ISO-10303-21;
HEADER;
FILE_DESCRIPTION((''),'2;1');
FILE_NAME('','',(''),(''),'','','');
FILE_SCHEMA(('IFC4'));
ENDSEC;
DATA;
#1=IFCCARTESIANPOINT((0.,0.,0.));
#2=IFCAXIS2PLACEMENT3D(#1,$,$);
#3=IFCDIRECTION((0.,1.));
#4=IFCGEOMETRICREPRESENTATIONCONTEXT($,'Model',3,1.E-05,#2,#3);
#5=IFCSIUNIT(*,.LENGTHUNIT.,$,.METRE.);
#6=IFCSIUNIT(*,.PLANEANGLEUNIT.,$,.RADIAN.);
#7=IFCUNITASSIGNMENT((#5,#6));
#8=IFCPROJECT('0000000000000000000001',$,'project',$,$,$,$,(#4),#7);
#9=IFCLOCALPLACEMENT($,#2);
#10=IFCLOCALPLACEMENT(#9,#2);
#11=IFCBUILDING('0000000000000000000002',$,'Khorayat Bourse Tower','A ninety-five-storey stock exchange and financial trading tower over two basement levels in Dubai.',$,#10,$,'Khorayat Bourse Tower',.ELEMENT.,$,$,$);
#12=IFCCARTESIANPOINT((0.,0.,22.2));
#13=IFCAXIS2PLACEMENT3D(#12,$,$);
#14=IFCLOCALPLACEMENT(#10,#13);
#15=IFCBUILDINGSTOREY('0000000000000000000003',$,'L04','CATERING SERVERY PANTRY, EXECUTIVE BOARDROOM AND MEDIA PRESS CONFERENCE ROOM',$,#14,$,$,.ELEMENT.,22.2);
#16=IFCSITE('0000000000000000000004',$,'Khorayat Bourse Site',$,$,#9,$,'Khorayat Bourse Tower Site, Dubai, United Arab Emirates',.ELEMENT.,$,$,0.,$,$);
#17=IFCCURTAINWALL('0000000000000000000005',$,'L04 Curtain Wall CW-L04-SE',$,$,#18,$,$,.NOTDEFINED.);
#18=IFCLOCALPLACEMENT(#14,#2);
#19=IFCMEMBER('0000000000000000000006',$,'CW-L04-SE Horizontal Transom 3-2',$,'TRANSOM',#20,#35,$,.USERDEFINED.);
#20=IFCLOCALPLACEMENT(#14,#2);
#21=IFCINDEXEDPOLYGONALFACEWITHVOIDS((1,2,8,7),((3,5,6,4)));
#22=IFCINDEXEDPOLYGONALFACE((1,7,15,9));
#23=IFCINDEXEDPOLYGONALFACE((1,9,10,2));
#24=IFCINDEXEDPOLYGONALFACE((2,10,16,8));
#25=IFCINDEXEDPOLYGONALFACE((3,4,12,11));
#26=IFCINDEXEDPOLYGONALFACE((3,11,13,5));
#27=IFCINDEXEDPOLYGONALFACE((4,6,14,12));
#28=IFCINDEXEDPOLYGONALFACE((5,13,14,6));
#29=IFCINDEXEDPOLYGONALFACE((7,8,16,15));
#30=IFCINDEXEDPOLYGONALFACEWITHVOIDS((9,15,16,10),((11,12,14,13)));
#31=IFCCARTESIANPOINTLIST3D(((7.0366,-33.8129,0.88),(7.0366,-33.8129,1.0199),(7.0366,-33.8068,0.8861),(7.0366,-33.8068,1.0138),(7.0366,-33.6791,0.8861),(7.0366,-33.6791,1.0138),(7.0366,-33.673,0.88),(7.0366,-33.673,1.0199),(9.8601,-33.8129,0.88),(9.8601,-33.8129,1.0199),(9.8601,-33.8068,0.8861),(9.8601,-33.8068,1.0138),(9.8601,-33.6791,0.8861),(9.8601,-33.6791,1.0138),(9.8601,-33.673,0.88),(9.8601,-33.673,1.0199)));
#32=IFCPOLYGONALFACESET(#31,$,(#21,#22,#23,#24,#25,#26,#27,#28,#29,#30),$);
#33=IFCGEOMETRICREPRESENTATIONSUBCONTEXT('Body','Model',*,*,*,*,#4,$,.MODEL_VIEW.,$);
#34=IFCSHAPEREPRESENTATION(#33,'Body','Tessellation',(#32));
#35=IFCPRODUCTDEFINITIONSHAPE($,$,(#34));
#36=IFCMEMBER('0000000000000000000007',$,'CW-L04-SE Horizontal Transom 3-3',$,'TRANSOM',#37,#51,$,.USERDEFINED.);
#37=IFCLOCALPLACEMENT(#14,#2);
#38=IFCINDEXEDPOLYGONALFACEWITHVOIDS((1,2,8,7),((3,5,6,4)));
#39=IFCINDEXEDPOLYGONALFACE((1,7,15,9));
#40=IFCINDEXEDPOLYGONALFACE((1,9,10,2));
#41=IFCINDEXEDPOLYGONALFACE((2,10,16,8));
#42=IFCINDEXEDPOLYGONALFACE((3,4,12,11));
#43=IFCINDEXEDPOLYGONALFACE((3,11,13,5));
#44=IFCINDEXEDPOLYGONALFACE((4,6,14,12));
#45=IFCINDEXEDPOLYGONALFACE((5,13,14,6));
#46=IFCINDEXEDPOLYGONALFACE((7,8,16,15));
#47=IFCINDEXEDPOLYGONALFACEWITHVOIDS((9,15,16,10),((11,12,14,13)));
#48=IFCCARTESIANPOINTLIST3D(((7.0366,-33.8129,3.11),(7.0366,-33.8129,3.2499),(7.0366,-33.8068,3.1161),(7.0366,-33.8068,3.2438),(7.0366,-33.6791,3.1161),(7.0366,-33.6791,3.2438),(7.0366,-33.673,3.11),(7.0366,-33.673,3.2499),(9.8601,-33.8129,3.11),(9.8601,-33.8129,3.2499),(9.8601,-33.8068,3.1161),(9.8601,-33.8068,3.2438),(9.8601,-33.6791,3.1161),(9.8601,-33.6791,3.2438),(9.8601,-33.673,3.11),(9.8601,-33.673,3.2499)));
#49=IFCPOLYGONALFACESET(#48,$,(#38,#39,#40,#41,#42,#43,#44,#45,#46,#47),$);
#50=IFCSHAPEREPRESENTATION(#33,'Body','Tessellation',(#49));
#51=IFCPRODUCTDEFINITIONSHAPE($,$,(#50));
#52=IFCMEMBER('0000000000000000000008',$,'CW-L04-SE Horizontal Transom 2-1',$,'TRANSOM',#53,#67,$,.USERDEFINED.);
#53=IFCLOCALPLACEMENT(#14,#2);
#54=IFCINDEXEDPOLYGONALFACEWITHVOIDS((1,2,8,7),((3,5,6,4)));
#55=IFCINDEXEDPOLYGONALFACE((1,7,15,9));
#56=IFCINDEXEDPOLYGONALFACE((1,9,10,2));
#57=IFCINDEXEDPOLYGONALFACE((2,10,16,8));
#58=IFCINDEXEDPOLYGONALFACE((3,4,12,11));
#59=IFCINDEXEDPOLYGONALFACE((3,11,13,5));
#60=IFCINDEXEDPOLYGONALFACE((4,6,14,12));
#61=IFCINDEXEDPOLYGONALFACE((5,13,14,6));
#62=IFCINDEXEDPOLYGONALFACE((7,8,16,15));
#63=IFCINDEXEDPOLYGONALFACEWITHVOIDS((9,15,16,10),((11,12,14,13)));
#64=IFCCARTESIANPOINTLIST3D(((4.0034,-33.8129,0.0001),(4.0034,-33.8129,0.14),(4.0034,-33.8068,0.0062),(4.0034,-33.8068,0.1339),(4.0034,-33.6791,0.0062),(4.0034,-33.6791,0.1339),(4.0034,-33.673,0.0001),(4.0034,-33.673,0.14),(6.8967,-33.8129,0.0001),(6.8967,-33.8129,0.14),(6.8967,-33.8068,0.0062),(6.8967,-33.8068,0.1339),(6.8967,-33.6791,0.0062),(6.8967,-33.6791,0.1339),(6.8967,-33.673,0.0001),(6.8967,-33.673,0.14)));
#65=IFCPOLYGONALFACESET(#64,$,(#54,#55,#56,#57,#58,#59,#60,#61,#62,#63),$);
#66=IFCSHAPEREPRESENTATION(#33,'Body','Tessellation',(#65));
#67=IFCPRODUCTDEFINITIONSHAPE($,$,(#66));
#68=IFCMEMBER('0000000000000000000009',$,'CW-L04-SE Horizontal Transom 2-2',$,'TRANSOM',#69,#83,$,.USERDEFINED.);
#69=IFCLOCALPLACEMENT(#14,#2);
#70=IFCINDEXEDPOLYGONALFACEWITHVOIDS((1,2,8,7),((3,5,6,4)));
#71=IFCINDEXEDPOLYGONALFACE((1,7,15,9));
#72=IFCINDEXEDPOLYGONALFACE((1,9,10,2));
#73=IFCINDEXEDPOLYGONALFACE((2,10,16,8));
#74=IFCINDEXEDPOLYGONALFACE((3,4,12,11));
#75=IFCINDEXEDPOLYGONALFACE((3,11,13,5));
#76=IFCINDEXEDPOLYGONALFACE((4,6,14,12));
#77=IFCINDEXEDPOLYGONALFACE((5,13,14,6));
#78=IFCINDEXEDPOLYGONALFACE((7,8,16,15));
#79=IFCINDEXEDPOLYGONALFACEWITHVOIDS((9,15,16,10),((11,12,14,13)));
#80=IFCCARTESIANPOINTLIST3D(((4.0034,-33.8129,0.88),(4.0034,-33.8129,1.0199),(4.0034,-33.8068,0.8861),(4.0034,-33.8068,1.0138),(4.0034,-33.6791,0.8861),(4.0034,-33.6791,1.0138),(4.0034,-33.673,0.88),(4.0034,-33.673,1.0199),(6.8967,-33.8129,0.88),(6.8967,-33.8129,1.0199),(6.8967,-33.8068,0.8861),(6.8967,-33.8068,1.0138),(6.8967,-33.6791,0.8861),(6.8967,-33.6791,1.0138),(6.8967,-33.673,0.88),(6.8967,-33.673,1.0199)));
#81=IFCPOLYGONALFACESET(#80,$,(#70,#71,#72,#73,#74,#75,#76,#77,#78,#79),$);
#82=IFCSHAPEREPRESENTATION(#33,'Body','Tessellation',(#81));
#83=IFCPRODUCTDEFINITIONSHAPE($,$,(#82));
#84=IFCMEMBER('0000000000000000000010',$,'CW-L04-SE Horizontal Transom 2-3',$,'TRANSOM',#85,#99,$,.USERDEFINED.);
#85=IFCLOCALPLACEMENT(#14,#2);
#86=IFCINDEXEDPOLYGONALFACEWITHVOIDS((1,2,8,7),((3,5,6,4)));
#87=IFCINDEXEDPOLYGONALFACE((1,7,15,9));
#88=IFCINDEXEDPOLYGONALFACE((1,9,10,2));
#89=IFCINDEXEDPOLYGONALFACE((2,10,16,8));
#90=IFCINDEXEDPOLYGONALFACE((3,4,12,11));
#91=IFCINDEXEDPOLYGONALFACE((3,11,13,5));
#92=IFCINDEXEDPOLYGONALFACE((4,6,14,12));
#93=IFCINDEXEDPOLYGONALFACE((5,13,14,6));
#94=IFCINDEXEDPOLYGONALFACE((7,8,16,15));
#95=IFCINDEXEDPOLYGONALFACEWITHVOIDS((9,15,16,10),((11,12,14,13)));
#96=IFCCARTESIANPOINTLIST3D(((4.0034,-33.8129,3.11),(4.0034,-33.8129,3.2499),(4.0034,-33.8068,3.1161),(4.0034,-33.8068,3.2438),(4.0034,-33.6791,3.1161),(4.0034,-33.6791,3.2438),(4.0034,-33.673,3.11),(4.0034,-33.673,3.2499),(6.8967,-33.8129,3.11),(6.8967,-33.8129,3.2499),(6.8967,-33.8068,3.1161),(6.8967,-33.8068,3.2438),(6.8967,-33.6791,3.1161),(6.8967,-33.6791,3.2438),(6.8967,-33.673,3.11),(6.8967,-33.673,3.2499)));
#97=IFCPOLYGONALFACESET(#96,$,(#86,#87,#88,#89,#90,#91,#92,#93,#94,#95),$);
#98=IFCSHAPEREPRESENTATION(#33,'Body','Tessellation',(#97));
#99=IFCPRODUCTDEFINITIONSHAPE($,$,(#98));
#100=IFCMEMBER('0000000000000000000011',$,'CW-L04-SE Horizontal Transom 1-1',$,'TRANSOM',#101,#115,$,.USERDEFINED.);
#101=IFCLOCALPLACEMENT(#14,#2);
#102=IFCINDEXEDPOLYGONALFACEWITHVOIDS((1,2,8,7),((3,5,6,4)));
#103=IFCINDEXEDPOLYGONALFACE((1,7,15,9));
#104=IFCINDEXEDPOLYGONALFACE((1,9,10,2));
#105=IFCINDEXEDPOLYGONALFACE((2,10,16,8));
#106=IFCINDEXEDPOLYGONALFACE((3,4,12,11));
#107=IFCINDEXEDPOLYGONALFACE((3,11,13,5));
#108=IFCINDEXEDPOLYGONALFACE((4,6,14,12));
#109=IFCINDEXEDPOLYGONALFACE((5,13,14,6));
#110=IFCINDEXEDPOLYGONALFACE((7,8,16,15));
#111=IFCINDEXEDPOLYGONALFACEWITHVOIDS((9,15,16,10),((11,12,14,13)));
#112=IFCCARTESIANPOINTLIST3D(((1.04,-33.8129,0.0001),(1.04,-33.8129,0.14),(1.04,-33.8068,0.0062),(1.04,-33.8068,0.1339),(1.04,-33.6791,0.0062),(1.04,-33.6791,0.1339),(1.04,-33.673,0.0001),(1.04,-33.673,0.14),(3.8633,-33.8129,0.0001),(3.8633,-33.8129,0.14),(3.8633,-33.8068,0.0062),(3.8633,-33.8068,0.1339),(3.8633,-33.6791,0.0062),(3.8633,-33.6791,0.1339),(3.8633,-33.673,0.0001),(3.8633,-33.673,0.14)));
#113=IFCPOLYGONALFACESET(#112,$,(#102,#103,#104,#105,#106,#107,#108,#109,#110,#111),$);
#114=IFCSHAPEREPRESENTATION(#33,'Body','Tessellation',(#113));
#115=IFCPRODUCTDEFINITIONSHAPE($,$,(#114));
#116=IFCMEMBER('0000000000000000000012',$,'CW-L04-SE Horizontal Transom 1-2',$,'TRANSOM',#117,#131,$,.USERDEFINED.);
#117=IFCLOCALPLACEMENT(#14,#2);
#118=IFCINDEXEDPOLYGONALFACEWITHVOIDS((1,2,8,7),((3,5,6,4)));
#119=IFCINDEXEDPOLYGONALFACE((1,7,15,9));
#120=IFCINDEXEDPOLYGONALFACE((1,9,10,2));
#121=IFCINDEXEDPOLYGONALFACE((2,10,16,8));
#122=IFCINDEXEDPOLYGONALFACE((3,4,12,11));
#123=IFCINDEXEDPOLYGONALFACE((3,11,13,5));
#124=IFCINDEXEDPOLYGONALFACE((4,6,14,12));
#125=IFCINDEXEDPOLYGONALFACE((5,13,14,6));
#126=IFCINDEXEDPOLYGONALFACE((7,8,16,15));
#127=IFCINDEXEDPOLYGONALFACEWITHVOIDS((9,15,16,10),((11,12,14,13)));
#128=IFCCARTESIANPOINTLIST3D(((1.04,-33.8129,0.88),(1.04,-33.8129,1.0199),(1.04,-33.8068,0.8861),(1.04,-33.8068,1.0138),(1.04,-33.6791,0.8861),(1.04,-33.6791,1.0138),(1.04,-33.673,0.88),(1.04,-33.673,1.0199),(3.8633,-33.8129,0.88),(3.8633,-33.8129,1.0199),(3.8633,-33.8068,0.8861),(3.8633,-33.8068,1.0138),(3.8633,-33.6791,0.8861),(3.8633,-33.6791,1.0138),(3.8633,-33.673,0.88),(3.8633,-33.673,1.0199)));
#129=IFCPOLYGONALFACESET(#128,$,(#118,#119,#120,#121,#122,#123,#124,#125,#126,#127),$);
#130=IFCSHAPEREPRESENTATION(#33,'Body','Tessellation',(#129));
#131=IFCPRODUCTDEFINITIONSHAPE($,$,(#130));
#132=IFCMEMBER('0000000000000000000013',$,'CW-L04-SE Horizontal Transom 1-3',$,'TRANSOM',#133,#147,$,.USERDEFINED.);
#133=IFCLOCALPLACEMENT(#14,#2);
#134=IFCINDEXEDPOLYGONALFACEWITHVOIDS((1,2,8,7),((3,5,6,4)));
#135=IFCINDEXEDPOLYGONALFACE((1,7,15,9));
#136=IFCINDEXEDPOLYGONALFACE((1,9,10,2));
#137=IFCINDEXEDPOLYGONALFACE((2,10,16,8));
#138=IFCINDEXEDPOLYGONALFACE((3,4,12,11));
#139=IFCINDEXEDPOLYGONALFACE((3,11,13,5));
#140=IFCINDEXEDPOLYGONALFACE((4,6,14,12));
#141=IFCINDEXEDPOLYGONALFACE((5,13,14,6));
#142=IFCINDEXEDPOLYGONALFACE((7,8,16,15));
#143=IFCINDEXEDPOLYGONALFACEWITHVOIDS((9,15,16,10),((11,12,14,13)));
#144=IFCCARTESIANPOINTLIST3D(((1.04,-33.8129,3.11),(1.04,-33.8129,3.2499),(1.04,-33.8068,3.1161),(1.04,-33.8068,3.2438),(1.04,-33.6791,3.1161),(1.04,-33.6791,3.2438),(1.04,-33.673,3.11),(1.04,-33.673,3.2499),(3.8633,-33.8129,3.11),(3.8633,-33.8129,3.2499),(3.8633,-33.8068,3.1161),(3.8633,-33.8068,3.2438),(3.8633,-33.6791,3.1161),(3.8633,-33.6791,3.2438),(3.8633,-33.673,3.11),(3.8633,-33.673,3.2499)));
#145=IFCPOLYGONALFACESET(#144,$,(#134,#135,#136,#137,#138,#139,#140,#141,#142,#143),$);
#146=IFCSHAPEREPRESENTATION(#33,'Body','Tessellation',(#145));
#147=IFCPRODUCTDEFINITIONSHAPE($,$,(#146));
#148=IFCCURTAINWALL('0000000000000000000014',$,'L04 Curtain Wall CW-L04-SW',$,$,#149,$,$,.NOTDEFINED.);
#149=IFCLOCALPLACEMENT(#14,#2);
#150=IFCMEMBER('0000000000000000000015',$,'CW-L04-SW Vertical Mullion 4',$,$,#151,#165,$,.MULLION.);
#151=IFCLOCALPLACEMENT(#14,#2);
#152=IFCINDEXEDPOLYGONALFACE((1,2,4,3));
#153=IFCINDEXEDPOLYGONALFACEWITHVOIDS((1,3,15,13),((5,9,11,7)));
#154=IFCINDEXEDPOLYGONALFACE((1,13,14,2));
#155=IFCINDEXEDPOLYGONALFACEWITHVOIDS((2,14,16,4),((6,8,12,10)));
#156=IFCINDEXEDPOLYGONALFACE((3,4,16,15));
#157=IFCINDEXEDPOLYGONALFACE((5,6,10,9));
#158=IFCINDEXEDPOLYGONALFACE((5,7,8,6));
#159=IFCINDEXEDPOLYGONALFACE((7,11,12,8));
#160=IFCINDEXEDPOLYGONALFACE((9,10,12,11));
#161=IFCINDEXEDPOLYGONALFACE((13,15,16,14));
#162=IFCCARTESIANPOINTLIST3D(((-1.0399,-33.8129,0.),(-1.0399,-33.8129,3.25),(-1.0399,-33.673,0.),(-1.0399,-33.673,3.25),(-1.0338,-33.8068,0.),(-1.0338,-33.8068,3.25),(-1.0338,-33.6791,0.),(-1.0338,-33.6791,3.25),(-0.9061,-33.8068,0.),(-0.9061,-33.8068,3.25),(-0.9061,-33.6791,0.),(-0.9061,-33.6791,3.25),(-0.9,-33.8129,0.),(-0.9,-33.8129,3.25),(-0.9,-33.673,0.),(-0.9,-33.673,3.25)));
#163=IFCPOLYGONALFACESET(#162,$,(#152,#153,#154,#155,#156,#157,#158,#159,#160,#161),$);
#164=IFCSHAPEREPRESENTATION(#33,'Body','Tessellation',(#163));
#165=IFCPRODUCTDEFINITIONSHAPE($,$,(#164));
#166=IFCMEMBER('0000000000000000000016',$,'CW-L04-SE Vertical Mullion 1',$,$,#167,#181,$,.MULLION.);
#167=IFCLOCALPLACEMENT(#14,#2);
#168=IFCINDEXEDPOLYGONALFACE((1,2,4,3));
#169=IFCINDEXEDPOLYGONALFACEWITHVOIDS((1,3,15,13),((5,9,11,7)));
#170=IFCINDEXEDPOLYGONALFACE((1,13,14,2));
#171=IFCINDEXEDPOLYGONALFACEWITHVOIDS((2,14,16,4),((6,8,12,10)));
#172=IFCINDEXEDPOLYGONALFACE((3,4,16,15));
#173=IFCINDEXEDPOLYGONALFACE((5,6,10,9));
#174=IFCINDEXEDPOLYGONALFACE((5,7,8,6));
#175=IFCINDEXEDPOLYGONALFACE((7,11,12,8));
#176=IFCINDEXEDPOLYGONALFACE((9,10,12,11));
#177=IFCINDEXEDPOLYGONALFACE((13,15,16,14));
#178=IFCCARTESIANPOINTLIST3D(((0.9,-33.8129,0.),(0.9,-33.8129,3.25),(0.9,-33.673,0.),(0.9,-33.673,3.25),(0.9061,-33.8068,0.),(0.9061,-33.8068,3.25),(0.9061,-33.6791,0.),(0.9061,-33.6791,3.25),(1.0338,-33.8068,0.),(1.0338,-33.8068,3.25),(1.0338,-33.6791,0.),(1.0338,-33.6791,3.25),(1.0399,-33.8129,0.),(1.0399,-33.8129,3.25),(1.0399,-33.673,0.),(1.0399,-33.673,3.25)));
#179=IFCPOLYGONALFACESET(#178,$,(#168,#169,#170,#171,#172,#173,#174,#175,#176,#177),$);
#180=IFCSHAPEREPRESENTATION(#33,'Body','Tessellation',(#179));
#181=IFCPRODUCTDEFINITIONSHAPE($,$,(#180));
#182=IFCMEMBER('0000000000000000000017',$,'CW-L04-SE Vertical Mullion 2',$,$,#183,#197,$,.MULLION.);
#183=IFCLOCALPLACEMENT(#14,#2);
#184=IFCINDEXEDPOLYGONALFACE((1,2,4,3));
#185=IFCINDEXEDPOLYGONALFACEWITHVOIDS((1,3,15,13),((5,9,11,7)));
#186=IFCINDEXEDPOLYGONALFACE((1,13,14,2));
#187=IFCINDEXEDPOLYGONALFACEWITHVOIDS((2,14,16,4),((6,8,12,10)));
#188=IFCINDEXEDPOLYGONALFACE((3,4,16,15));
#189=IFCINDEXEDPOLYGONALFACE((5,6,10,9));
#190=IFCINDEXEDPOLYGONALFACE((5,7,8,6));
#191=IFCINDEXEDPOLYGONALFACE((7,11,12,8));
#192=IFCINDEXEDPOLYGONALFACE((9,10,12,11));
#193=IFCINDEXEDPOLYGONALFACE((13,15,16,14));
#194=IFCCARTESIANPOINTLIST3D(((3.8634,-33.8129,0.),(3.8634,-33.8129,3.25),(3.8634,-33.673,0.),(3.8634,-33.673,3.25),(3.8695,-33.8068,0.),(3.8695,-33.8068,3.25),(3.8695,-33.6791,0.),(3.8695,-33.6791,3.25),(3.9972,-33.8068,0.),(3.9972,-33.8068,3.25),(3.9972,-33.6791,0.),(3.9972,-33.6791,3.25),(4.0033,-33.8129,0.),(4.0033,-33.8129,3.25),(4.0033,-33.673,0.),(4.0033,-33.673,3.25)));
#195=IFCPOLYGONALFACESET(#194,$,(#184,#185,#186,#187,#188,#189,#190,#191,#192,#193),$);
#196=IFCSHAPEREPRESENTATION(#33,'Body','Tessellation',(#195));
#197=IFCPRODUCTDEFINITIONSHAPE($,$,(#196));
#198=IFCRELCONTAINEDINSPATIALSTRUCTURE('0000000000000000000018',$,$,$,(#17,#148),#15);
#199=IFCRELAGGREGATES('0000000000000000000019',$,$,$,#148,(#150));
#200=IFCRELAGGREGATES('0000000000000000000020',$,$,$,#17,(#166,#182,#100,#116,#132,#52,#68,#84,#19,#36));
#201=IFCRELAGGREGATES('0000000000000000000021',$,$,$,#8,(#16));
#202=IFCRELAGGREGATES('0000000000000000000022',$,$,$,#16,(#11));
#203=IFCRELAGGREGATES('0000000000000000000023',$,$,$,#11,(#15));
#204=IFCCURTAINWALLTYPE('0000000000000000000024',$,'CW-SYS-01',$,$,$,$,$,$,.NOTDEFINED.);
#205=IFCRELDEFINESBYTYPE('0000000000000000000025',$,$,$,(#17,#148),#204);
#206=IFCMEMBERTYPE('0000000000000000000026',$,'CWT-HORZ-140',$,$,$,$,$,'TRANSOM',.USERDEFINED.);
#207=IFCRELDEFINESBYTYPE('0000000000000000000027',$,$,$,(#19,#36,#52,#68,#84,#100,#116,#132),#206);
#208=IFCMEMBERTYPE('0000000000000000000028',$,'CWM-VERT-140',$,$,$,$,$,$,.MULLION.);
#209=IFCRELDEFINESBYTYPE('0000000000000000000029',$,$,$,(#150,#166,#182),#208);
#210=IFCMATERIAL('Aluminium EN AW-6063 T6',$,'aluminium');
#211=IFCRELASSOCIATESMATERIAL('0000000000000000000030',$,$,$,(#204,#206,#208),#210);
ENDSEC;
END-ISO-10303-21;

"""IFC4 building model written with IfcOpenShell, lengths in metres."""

from ifc_helpers import new_model, si_unit, direction, frame, origin, origin_2d, place, context, subcontext, project, spatial, hollow_rectangle, extrude, source, transform, mapped, material, material_profile, profile_set, type_object, element, aggregate, save


model = new_model("IFC4")

# Units and contexts
model_context = context("Model", 3, precision=1e-05, world=origin(), true_north=direction((0.0, 1.0)))
body_context = subcontext(model_context, "Body", "Model", "MODEL_VIEW")
ifc_project = project(units=[si_unit("LENGTHUNIT", "METRE"), si_unit("PLANEANGLEUNIT", "RADIAN")], contexts=[model_context])

# Site, building, storey
site_placement = place(None, origin())
site = spatial("IfcSite", under=ifc_project, at=site_placement, Name="Khorayat Bourse Site", LongName="Khorayat Bourse Tower Site, Dubai, United Arab Emirates", CompositionType="ELEMENT", RefElevation=0.0)
building_placement = place(site_placement, origin())
building = spatial("IfcBuilding", under=site, at=building_placement, Name="Khorayat Bourse Tower", Description="A ninety-five-storey stock exchange and financial trading tower over two basement levels in Dubai.", LongName="Khorayat Bourse Tower", CompositionType="ELEMENT")
storey_placement = place(building_placement, frame((0.0, 0.0, 22.2)))
storey = spatial("IfcBuildingStorey", under=building, at=storey_placement, Name="L04", Description="CATERING SERVERY PANTRY, EXECUTIVE BOARDROOM AND MEDIA PRESS CONFERENCE ROOM", CompositionType="ELEMENT", Elevation=22.2)

# Curtain wall, members
ifc_material_1 = material(Name="Aluminium EN AW-6063 T6", Category="aluminium")
curtain_wall_type = type_object("IfcCurtainWallType", Name="CW-SYS-01", PredefinedType="NOTDEFINED", material=ifc_material_1)
curtain_wall_1_placement = place(storey_placement, origin())
curtain_wall_1 = element("IfcCurtainWall", 1, at=curtain_wall_1_placement, inside=storey, type_object=curtain_wall_type, Name="L04 Curtain Wall CW-L04-SE", PredefinedType="NOTDEFINED")
ifc_material_profile_1 = material_profile(ifc_material_1, hollow_rectangle(XDim=0.1399, YDim=0.1399, WallThickness=0.0061, at=origin_2d()), Name="ALU 140x140x6")
ifc_profile_set_1 = profile_set([ifc_material_profile_1], Name="Aluminium EN AW-6063 T6")
member_type_1 = type_object("IfcMemberType", Name="CWT-HORZ-140", ElementType="TRANSOM", PredefinedType="USERDEFINED", material=ifc_profile_set_1)
shared_shape_1 = source(origin(), body_context, "Body", "SweptSolid", [
    extrude(hollow_rectangle(XDim=0.1399, YDim=0.1399, WallThickness=0.0061, at=origin_2d()), origin(), (0.0, 0.0, 1.0), 2.8235),
])
member_1_placement = place(storey_placement, frame((7.0366, -33.7429, 0.95), z_axis=(1.0, 0.0, 0.0), x_axis=(0.0, 1.0, 0.0)))
member_1 = element("IfcMember", 2, at=member_1_placement, type_object=member_type_1, Name="CW-L04-SE Horizontal Transom 3-2", ObjectType="TRANSOM", PredefinedType="USERDEFINED", context=body_context, shape_type="MappedRepresentation", body=[
    mapped(shared_shape_1, transform((0.0, 0.0, 0.0), scale=1.0)),
])
member_2_placement = place(storey_placement, frame((7.0366, -33.7429, 3.1799), z_axis=(1.0, 0.0, 0.0), x_axis=(0.0, 1.0, 0.0)))
member_2 = element("IfcMember", 3, at=member_2_placement, type_object=member_type_1, Name="CW-L04-SE Horizontal Transom 3-3", ObjectType="TRANSOM", PredefinedType="USERDEFINED", context=body_context, shape_type="MappedRepresentation", body=[
    mapped(shared_shape_1, transform((0.0, 0.0, 0.0), scale=1.0)),
])
shared_shape_2 = source(origin(), body_context, "Body", "SweptSolid", [
    extrude(hollow_rectangle(XDim=0.1399, YDim=0.1399, WallThickness=0.0061, at=origin_2d()), origin(), (0.0, 0.0, 1.0), 2.8933),
])
member_3_placement = place(storey_placement, frame((4.0034, -33.7429, 0.0701), z_axis=(1.0, 0.0, 0.0), x_axis=(0.0, 1.0, 0.0)))
member_3 = element("IfcMember", 4, at=member_3_placement, type_object=member_type_1, Name="CW-L04-SE Horizontal Transom 2-1", ObjectType="TRANSOM", PredefinedType="USERDEFINED", context=body_context, shape_type="MappedRepresentation", body=[
    mapped(shared_shape_2, transform((0.0, 0.0, 0.0), scale=1.0)),
])
member_4_placement = place(storey_placement, frame((4.0034, -33.7429, 0.95), z_axis=(1.0, 0.0, 0.0), x_axis=(0.0, 1.0, 0.0)))
member_4 = element("IfcMember", 5, at=member_4_placement, type_object=member_type_1, Name="CW-L04-SE Horizontal Transom 2-2", ObjectType="TRANSOM", PredefinedType="USERDEFINED", context=body_context, shape_type="MappedRepresentation", body=[
    mapped(shared_shape_2, transform((0.0, 0.0, 0.0), scale=1.0)),
])
member_5_placement = place(storey_placement, frame((4.0034, -33.7429, 3.1799), z_axis=(1.0, 0.0, 0.0), x_axis=(0.0, 1.0, 0.0)))
member_5 = element("IfcMember", 6, at=member_5_placement, type_object=member_type_1, Name="CW-L04-SE Horizontal Transom 2-3", ObjectType="TRANSOM", PredefinedType="USERDEFINED", context=body_context, shape_type="MappedRepresentation", body=[
    mapped(shared_shape_2, transform((0.0, 0.0, 0.0), scale=1.0)),
])
shared_shape_3 = source(origin(), body_context, "Body", "SweptSolid", [
    extrude(hollow_rectangle(XDim=0.1399, YDim=0.1399, WallThickness=0.0061, at=origin_2d()), origin(), (0.0, 0.0, 1.0), 2.8232),
])
member_6_placement = place(storey_placement, frame((1.04, -33.7429, 0.0701), z_axis=(1.0, 0.0, 0.0), x_axis=(0.0, 1.0, 0.0)))
member_6 = element("IfcMember", 7, at=member_6_placement, type_object=member_type_1, Name="CW-L04-SE Horizontal Transom 1-1", ObjectType="TRANSOM", PredefinedType="USERDEFINED", context=body_context, shape_type="MappedRepresentation", body=[
    mapped(shared_shape_3, transform((0.0, 0.0, 0.0), scale=1.0)),
])
member_7_placement = place(storey_placement, frame((1.04, -33.7429, 0.95), z_axis=(1.0, 0.0, 0.0), x_axis=(0.0, 1.0, 0.0)))
member_7 = element("IfcMember", 8, at=member_7_placement, type_object=member_type_1, Name="CW-L04-SE Horizontal Transom 1-2", ObjectType="TRANSOM", PredefinedType="USERDEFINED", context=body_context, shape_type="MappedRepresentation", body=[
    mapped(shared_shape_3, transform((0.0, 0.0, 0.0), scale=1.0)),
])
member_8_placement = place(storey_placement, frame((1.04, -33.7429, 3.1799), z_axis=(1.0, 0.0, 0.0), x_axis=(0.0, 1.0, 0.0)))
member_8 = element("IfcMember", 9, at=member_8_placement, type_object=member_type_1, Name="CW-L04-SE Horizontal Transom 1-3", ObjectType="TRANSOM", PredefinedType="USERDEFINED", context=body_context, shape_type="MappedRepresentation", body=[
    mapped(shared_shape_3, transform((0.0, 0.0, 0.0), scale=1.0)),
])

# Curtain wall, member
curtain_wall_2_placement = place(storey_placement, origin())
curtain_wall_2 = element("IfcCurtainWall", 10, at=curtain_wall_2_placement, inside=storey, type_object=curtain_wall_type, Name="L04 Curtain Wall CW-L04-SW", PredefinedType="NOTDEFINED")
ifc_material_profile_2 = material_profile(ifc_material_1, hollow_rectangle(XDim=0.1399, YDim=0.1399, WallThickness=0.0061, at=origin_2d()), Name="ALU 140x140x6")
ifc_profile_set_2 = profile_set([ifc_material_profile_2], Name="Aluminium EN AW-6063 T6")
member_type_2 = type_object("IfcMemberType", Name="CWM-VERT-140", PredefinedType="MULLION", material=ifc_profile_set_2)
shared_shape_4 = source(origin(), body_context, "Body", "SweptSolid", [
    extrude(hollow_rectangle(XDim=0.1399, YDim=0.1399, WallThickness=0.0061, at=origin_2d()), origin(), (0.0, 0.0, 1.0), 3.25),
])
member_9_placement = place(storey_placement, frame((-0.97, -33.7429, 0.0), z_axis=(0.0, 0.0, 1.0), x_axis=(0.0, 1.0, 0.0)))
member_9 = element("IfcMember", 11, at=member_9_placement, type_object=member_type_2, Name="CW-L04-SW Vertical Mullion 4", PredefinedType="MULLION", context=body_context, shape_type="MappedRepresentation", body=[
    mapped(shared_shape_4, transform((0.0, 0.0, 0.0), scale=1.0)),
])
aggregate(curtain_wall_2, [member_9])

# Members
member_10_placement = place(storey_placement, frame((0.97, -33.7429, 0.0), z_axis=(0.0, 0.0, 1.0), x_axis=(0.0, 1.0, 0.0)))
member_10 = element("IfcMember", 12, at=member_10_placement, type_object=member_type_2, Name="CW-L04-SE Vertical Mullion 1", PredefinedType="MULLION", context=body_context, shape_type="MappedRepresentation", body=[
    mapped(shared_shape_4, transform((0.0, 0.0, 0.0), scale=1.0)),
])
member_11_placement = place(storey_placement, frame((3.9333, -33.7429, 0.0), z_axis=(0.0, 0.0, 1.0), x_axis=(0.0, 1.0, 0.0)))
member_11 = element("IfcMember", 13, at=member_11_placement, type_object=member_type_2, Name="CW-L04-SE Vertical Mullion 2", PredefinedType="MULLION", context=body_context, shape_type="MappedRepresentation", body=[
    mapped(shared_shape_4, transform((0.0, 0.0, 0.0), scale=1.0)),
])

aggregate(curtain_wall_1, [member_10, member_11, member_6, member_7, member_8, member_3, member_4, member_5, member_1, member_2])

save(model, "model.ifc")
